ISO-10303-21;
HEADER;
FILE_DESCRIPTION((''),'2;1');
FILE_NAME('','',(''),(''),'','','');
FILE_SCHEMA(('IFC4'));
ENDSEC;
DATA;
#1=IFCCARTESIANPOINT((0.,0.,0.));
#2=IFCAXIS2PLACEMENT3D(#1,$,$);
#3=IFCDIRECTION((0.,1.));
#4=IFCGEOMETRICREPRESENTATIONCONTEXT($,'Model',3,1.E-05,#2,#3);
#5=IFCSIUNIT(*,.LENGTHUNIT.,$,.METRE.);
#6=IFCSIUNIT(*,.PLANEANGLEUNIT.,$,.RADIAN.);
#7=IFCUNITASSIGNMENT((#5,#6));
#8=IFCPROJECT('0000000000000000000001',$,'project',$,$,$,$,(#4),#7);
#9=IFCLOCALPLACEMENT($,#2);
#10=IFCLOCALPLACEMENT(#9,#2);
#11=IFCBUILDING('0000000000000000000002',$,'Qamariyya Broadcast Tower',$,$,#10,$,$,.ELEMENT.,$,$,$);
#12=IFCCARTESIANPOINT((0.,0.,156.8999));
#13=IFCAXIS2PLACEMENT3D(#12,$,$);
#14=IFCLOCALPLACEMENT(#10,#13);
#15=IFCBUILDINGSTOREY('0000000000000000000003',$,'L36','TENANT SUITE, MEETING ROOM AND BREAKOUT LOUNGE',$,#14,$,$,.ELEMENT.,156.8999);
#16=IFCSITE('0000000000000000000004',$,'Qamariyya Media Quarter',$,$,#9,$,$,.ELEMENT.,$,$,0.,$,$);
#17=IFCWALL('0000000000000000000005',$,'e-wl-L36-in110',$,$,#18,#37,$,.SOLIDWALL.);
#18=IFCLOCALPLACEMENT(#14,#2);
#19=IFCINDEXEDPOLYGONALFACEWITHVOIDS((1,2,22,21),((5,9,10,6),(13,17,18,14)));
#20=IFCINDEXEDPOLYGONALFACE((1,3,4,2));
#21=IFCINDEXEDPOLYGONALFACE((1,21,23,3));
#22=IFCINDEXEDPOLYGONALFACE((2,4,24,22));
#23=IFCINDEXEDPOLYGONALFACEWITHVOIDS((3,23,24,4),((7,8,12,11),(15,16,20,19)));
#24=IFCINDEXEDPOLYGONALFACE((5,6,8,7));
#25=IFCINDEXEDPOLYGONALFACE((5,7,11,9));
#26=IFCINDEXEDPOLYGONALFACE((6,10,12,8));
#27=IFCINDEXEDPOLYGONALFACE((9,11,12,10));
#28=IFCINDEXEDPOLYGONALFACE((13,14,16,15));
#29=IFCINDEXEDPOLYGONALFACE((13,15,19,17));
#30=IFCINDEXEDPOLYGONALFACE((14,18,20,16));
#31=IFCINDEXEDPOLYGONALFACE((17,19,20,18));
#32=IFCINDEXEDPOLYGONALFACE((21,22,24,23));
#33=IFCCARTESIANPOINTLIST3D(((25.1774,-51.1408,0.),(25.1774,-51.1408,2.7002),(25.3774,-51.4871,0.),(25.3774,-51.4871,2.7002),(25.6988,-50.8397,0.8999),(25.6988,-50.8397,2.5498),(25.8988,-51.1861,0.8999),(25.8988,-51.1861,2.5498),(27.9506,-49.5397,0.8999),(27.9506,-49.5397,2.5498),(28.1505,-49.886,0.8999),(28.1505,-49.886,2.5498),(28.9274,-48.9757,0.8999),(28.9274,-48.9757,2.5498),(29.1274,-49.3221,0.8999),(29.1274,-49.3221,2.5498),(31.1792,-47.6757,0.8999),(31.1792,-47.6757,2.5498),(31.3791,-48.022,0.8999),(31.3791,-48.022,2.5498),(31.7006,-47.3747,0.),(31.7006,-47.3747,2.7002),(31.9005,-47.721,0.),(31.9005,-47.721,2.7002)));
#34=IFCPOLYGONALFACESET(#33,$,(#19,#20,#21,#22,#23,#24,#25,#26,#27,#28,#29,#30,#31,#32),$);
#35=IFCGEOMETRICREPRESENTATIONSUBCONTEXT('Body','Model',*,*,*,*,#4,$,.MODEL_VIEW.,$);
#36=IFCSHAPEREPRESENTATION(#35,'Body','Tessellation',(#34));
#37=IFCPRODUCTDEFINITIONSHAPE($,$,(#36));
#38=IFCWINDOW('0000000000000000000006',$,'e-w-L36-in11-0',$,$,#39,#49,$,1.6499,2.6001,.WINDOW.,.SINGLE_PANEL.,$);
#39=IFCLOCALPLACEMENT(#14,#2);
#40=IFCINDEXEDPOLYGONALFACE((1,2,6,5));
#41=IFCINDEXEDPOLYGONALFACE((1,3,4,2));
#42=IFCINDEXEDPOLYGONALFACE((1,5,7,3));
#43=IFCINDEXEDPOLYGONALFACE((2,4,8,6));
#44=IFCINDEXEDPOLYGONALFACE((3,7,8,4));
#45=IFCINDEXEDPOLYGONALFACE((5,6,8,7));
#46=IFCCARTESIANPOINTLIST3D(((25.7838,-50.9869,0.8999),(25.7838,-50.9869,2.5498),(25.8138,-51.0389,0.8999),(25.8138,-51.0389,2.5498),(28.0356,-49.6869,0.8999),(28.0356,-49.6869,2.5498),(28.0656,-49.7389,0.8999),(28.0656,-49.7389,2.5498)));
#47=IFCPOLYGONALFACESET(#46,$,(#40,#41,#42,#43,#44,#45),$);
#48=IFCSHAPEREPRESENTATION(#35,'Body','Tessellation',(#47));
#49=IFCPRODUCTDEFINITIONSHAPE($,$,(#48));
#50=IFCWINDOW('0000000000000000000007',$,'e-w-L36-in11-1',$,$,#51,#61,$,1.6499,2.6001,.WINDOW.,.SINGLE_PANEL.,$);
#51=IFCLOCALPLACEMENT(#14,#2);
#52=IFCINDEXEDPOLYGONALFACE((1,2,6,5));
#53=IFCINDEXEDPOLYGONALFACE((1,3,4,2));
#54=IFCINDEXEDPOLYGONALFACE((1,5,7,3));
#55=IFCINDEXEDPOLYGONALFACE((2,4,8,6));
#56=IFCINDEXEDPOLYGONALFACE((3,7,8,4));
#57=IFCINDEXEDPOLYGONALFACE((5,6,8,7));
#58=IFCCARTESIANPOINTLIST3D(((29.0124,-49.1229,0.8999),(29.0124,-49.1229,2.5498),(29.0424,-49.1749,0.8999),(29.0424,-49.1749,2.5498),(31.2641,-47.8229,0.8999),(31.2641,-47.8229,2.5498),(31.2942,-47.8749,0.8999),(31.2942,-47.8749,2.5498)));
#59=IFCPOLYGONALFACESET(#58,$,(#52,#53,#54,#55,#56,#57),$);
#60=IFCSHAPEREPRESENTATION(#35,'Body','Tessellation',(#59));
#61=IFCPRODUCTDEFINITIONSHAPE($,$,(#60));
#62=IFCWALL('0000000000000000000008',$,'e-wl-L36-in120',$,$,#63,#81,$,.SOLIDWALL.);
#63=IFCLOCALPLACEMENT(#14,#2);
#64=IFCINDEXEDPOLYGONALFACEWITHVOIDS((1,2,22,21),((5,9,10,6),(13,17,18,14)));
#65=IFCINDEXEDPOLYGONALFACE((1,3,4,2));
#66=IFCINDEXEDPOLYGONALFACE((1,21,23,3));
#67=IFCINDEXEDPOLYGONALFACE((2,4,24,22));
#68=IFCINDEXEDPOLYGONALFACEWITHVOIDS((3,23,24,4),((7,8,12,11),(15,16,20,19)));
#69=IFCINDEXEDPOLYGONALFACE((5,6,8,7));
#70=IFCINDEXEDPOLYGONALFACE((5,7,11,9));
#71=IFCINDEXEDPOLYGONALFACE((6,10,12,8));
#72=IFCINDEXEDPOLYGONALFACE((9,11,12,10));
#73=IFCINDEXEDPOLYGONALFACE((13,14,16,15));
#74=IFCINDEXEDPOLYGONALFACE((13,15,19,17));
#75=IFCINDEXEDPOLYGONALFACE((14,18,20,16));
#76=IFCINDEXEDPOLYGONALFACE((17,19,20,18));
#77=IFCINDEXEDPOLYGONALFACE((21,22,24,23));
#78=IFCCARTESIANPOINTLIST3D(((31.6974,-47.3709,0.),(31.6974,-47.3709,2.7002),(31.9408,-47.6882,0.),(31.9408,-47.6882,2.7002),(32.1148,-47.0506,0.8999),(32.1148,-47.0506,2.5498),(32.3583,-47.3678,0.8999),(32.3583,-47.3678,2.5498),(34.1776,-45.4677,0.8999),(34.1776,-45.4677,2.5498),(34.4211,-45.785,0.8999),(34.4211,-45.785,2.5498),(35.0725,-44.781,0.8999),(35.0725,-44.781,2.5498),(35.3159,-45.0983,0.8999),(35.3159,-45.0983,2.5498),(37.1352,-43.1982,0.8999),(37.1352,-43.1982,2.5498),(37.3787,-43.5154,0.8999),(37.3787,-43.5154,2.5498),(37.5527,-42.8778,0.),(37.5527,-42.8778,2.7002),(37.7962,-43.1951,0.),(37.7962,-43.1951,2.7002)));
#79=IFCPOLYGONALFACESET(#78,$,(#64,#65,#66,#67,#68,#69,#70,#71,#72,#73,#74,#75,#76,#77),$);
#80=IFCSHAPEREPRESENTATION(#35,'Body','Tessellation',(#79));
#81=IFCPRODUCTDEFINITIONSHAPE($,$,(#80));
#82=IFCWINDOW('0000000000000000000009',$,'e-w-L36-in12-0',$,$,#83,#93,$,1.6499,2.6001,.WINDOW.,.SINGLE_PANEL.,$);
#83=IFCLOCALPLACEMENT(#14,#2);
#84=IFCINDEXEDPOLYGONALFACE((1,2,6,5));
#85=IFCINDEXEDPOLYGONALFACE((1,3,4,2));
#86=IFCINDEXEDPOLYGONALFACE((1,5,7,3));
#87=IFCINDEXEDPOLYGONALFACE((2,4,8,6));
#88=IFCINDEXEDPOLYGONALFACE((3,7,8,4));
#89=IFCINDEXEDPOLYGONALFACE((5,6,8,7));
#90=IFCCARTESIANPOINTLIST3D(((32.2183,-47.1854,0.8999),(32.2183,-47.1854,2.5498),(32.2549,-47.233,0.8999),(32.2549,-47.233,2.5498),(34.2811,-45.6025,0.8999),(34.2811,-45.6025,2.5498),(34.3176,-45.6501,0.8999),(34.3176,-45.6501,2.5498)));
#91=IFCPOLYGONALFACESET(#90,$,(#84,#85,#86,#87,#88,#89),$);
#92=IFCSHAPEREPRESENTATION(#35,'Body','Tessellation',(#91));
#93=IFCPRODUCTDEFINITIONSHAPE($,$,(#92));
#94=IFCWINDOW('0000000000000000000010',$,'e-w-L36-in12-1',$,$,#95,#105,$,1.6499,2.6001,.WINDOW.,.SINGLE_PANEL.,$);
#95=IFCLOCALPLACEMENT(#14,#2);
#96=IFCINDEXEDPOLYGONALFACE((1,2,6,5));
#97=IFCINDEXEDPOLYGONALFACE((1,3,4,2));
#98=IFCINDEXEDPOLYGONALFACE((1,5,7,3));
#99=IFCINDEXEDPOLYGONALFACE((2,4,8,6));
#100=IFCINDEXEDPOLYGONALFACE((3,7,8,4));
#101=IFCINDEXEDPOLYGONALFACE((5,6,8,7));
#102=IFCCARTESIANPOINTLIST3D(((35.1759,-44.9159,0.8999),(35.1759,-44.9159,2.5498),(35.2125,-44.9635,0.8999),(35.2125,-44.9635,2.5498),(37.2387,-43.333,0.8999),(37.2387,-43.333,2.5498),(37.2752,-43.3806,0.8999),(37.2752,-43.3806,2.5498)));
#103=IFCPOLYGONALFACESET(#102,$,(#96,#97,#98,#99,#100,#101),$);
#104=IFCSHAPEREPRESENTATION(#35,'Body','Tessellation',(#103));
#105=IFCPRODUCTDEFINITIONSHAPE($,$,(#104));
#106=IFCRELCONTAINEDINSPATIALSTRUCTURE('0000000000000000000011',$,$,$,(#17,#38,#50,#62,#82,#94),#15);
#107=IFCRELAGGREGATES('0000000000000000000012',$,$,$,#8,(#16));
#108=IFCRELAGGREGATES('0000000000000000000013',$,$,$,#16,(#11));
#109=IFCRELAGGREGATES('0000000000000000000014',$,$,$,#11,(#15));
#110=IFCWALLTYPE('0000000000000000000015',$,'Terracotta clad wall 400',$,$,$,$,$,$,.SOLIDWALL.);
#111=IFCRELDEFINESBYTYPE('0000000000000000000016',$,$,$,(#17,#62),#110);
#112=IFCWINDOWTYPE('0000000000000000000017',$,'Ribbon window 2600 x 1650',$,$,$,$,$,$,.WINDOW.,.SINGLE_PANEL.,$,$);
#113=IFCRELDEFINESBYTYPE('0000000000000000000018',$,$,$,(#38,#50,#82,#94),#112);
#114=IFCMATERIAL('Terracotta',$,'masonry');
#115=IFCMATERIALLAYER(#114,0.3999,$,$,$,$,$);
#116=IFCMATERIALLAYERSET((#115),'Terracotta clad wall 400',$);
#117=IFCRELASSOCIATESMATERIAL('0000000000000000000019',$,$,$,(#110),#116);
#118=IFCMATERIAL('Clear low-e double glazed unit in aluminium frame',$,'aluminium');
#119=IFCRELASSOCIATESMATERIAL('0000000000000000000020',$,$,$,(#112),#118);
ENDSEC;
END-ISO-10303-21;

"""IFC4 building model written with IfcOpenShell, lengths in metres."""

from ifc_helpers import new_model, si_unit, direction, frame, frame_2d, origin, place, context, subcontext, project, spatial, rectangle, extrude, material, layer, layer_set, type_object, element, fill, save


model = new_model("IFC4")

# Units and contexts
model_context = context("Model", 3, precision=1e-05, world=origin(), true_north=direction((0.0, 1.0)))
body_context = subcontext(model_context, "Body", "Model", "MODEL_VIEW")
ifc_project = project(units=[si_unit("LENGTHUNIT", "METRE"), si_unit("PLANEANGLEUNIT", "RADIAN")], contexts=[model_context])

# Site, building, storey
site_placement = place(None, origin())
site = spatial("IfcSite", under=ifc_project, at=site_placement, Name="Qamariyya Media Quarter", CompositionType="ELEMENT", RefElevation=0.0)
building_placement = place(site_placement, origin())
building = spatial("IfcBuilding", under=site, at=building_placement, Name="Qamariyya Broadcast Tower", CompositionType="ELEMENT")
storey_placement = place(building_placement, frame((0.0, 0.0, 156.8999)))
storey = spatial("IfcBuildingStorey", under=building, at=storey_placement, Name="L36", Description="TENANT SUITE, MEETING ROOM AND BREAKOUT LOUNGE", CompositionType="ELEMENT", Elevation=156.8999)

# Walls, openings, windows
ifc_material_1 = material(Name="Terracotta", Category="masonry")
ifc_layer = layer(ifc_material_1, 0.3999)
ifc_layer_set = layer_set([ifc_layer], Name="Terracotta clad wall 400")
wall_type = type_object("IfcWallType", Name="Terracotta clad wall 400", PredefinedType="SOLIDWALL", material=ifc_layer_set)
wall_1_placement = place(storey_placement, frame((31.8005, -47.5479, 0.0), z_axis=(0.0, 0.0, 1.0), x_axis=(-0.866029, -0.499995, 0.0)))
wall_1 = element("IfcWall", 1, at=wall_1_placement, inside=storey, type_object=wall_type, Name="e-wl-L36-in110", PredefinedType="SOLIDWALL", context=body_context, shape_type="SweptSolid", body=[
    extrude(rectangle(XDim=7.5322, YDim=0.3999, at=frame_2d((3.7661, 0.0))), origin(), (0.0, 0.0, 1.0), 2.7002),
])
opening_1_placement = place(wall_1_placement, frame((4.3301, 0.0, 0.8999)))
opening_1 = element("IfcOpeningElement", 2, at=opening_1_placement, cuts=wall_1, PredefinedType="OPENING", context=body_context, shape_type="SweptSolid", body=[
    extrude(rectangle(XDim=2.6001, YDim=1.6499, at=frame_2d((1.3, 0.825))), frame((0.0, 0.21, 0.0), z_axis=(0.0, -1.0, 0.0), x_axis=(1.0, 0.0, 0.0)), (0.0, 0.0, 1.0), 0.4199),
])
opening_2_placement = place(wall_1_placement, frame((0.6021, 0.0, 0.8999)))
opening_2 = element("IfcOpeningElement", 3, at=opening_2_placement, cuts=wall_1, PredefinedType="OPENING", context=body_context, shape_type="SweptSolid", body=[
    extrude(rectangle(XDim=2.6001, YDim=1.6499, at=frame_2d((1.3, 0.825))), frame((0.0, 0.21, 0.0), z_axis=(0.0, -1.0, 0.0), x_axis=(1.0, 0.0, 0.0)), (0.0, 0.0, 1.0), 0.4199),
])
ifc_material_2 = material(Name="Clear low-e double glazed unit in aluminium frame", Category="aluminium")
window_type = type_object("IfcWindowType", Name="Ribbon window 2600 x 1650", PartitioningType="SINGLE_PANEL", PredefinedType="WINDOW", material=ifc_material_2)
window_1_placement = place(opening_1_placement, origin())
window_1 = element("IfcWindow", 4, at=window_1_placement, inside=storey, type_object=window_type, Name="e-w-L36-in11-0", OverallHeight=1.6499, OverallWidth=2.6001, PartitioningType="SINGLE_PANEL", PredefinedType="WINDOW", context=body_context, shape_type="SweptSolid", body=[
    extrude(rectangle(XDim=2.6001, YDim=1.6499, at=frame_2d((1.3, 0.825))), frame((0.0, 0.03, 0.0), z_axis=(0.0, -1.0, 0.0), x_axis=(1.0, 0.0, 0.0)), (0.0, 0.0, 1.0), 0.0601),
])
fill(opening_1, window_1)
window_2_placement = place(opening_2_placement, origin())
window_2 = element("IfcWindow", 5, at=window_2_placement, inside=storey, type_object=window_type, Name="e-w-L36-in11-1", OverallHeight=1.6499, OverallWidth=2.6001, PartitioningType="SINGLE_PANEL", PredefinedType="WINDOW", context=body_context, shape_type="SweptSolid", body=[
    extrude(rectangle(XDim=2.6001, YDim=1.6499, at=frame_2d((1.3, 0.825))), frame((0.0, 0.03, 0.0), z_axis=(0.0, -1.0, 0.0), x_axis=(1.0, 0.0, 0.0)), (0.0, 0.0, 1.0), 0.0601),
])
fill(opening_2, window_2)
wall_2_placement = place(storey_placement, frame((37.6746, -43.0364, 0.0), z_axis=(0.0, 0.0, 1.0), x_axis=(-0.793346, -0.60877, 0.0)))
wall_2 = element("IfcWall", 6, at=wall_2_placement, inside=storey, type_object=wall_type, Name="e-wl-L36-in120", PredefinedType="SOLIDWALL", context=body_context, shape_type="SweptSolid", body=[
    extrude(rectangle(XDim=7.3806, YDim=0.3999, at=frame_2d((3.6904, 0.0))), origin(), (0.0, 0.0, 1.0), 2.7002),
])
opening_3_placement = place(wall_2_placement, frame((4.2544, 0.0, 0.8999)))
opening_3 = element("IfcOpeningElement", 7, at=opening_3_placement, cuts=wall_2, PredefinedType="OPENING", context=body_context, shape_type="SweptSolid", body=[
    extrude(rectangle(XDim=2.6001, YDim=1.6499, at=frame_2d((1.3, 0.825))), frame((0.0, 0.21, 0.0), z_axis=(0.0, -1.0, 0.0), x_axis=(1.0, 0.0, 0.0)), (0.0, 0.0, 1.0), 0.4199),
])
opening_4_placement = place(wall_2_placement, frame((0.5264, 0.0, 0.8999)))
opening_4 = element("IfcOpeningElement", 8, at=opening_4_placement, cuts=wall_2, PredefinedType="OPENING", context=body_context, shape_type="SweptSolid", body=[
    extrude(rectangle(XDim=2.6001, YDim=1.6499, at=frame_2d((1.3, 0.825))), frame((0.0, 0.21, 0.0), z_axis=(0.0, -1.0, 0.0), x_axis=(1.0, 0.0, 0.0)), (0.0, 0.0, 1.0), 0.4199),
])
window_3_placement = place(opening_3_placement, origin())
window_3 = element("IfcWindow", 9, at=window_3_placement, inside=storey, type_object=window_type, Name="e-w-L36-in12-0", OverallHeight=1.6499, OverallWidth=2.6001, PartitioningType="SINGLE_PANEL", PredefinedType="WINDOW", context=body_context, shape_type="SweptSolid", body=[
    extrude(rectangle(XDim=2.6001, YDim=1.6499, at=frame_2d((1.3, 0.825))), frame((0.0, 0.03, 0.0), z_axis=(0.0, -1.0, 0.0), x_axis=(1.0, 0.0, 0.0)), (0.0, 0.0, 1.0), 0.0601),
])
fill(opening_3, window_3)
window_4_placement = place(opening_4_placement, origin())
window_4 = element("IfcWindow", 10, at=window_4_placement, inside=storey, type_object=window_type, Name="e-w-L36-in12-1", OverallHeight=1.6499, OverallWidth=2.6001, PartitioningType="SINGLE_PANEL", PredefinedType="WINDOW", context=body_context, shape_type="SweptSolid", body=[
    extrude(rectangle(XDim=2.6001, YDim=1.6499, at=frame_2d((1.3, 0.825))), frame((0.0, 0.03, 0.0), z_axis=(0.0, -1.0, 0.0), x_axis=(1.0, 0.0, 0.0)), (0.0, 0.0, 1.0), 0.0601),
])
fill(opening_4, window_4)

save(model, "model.ifc")
